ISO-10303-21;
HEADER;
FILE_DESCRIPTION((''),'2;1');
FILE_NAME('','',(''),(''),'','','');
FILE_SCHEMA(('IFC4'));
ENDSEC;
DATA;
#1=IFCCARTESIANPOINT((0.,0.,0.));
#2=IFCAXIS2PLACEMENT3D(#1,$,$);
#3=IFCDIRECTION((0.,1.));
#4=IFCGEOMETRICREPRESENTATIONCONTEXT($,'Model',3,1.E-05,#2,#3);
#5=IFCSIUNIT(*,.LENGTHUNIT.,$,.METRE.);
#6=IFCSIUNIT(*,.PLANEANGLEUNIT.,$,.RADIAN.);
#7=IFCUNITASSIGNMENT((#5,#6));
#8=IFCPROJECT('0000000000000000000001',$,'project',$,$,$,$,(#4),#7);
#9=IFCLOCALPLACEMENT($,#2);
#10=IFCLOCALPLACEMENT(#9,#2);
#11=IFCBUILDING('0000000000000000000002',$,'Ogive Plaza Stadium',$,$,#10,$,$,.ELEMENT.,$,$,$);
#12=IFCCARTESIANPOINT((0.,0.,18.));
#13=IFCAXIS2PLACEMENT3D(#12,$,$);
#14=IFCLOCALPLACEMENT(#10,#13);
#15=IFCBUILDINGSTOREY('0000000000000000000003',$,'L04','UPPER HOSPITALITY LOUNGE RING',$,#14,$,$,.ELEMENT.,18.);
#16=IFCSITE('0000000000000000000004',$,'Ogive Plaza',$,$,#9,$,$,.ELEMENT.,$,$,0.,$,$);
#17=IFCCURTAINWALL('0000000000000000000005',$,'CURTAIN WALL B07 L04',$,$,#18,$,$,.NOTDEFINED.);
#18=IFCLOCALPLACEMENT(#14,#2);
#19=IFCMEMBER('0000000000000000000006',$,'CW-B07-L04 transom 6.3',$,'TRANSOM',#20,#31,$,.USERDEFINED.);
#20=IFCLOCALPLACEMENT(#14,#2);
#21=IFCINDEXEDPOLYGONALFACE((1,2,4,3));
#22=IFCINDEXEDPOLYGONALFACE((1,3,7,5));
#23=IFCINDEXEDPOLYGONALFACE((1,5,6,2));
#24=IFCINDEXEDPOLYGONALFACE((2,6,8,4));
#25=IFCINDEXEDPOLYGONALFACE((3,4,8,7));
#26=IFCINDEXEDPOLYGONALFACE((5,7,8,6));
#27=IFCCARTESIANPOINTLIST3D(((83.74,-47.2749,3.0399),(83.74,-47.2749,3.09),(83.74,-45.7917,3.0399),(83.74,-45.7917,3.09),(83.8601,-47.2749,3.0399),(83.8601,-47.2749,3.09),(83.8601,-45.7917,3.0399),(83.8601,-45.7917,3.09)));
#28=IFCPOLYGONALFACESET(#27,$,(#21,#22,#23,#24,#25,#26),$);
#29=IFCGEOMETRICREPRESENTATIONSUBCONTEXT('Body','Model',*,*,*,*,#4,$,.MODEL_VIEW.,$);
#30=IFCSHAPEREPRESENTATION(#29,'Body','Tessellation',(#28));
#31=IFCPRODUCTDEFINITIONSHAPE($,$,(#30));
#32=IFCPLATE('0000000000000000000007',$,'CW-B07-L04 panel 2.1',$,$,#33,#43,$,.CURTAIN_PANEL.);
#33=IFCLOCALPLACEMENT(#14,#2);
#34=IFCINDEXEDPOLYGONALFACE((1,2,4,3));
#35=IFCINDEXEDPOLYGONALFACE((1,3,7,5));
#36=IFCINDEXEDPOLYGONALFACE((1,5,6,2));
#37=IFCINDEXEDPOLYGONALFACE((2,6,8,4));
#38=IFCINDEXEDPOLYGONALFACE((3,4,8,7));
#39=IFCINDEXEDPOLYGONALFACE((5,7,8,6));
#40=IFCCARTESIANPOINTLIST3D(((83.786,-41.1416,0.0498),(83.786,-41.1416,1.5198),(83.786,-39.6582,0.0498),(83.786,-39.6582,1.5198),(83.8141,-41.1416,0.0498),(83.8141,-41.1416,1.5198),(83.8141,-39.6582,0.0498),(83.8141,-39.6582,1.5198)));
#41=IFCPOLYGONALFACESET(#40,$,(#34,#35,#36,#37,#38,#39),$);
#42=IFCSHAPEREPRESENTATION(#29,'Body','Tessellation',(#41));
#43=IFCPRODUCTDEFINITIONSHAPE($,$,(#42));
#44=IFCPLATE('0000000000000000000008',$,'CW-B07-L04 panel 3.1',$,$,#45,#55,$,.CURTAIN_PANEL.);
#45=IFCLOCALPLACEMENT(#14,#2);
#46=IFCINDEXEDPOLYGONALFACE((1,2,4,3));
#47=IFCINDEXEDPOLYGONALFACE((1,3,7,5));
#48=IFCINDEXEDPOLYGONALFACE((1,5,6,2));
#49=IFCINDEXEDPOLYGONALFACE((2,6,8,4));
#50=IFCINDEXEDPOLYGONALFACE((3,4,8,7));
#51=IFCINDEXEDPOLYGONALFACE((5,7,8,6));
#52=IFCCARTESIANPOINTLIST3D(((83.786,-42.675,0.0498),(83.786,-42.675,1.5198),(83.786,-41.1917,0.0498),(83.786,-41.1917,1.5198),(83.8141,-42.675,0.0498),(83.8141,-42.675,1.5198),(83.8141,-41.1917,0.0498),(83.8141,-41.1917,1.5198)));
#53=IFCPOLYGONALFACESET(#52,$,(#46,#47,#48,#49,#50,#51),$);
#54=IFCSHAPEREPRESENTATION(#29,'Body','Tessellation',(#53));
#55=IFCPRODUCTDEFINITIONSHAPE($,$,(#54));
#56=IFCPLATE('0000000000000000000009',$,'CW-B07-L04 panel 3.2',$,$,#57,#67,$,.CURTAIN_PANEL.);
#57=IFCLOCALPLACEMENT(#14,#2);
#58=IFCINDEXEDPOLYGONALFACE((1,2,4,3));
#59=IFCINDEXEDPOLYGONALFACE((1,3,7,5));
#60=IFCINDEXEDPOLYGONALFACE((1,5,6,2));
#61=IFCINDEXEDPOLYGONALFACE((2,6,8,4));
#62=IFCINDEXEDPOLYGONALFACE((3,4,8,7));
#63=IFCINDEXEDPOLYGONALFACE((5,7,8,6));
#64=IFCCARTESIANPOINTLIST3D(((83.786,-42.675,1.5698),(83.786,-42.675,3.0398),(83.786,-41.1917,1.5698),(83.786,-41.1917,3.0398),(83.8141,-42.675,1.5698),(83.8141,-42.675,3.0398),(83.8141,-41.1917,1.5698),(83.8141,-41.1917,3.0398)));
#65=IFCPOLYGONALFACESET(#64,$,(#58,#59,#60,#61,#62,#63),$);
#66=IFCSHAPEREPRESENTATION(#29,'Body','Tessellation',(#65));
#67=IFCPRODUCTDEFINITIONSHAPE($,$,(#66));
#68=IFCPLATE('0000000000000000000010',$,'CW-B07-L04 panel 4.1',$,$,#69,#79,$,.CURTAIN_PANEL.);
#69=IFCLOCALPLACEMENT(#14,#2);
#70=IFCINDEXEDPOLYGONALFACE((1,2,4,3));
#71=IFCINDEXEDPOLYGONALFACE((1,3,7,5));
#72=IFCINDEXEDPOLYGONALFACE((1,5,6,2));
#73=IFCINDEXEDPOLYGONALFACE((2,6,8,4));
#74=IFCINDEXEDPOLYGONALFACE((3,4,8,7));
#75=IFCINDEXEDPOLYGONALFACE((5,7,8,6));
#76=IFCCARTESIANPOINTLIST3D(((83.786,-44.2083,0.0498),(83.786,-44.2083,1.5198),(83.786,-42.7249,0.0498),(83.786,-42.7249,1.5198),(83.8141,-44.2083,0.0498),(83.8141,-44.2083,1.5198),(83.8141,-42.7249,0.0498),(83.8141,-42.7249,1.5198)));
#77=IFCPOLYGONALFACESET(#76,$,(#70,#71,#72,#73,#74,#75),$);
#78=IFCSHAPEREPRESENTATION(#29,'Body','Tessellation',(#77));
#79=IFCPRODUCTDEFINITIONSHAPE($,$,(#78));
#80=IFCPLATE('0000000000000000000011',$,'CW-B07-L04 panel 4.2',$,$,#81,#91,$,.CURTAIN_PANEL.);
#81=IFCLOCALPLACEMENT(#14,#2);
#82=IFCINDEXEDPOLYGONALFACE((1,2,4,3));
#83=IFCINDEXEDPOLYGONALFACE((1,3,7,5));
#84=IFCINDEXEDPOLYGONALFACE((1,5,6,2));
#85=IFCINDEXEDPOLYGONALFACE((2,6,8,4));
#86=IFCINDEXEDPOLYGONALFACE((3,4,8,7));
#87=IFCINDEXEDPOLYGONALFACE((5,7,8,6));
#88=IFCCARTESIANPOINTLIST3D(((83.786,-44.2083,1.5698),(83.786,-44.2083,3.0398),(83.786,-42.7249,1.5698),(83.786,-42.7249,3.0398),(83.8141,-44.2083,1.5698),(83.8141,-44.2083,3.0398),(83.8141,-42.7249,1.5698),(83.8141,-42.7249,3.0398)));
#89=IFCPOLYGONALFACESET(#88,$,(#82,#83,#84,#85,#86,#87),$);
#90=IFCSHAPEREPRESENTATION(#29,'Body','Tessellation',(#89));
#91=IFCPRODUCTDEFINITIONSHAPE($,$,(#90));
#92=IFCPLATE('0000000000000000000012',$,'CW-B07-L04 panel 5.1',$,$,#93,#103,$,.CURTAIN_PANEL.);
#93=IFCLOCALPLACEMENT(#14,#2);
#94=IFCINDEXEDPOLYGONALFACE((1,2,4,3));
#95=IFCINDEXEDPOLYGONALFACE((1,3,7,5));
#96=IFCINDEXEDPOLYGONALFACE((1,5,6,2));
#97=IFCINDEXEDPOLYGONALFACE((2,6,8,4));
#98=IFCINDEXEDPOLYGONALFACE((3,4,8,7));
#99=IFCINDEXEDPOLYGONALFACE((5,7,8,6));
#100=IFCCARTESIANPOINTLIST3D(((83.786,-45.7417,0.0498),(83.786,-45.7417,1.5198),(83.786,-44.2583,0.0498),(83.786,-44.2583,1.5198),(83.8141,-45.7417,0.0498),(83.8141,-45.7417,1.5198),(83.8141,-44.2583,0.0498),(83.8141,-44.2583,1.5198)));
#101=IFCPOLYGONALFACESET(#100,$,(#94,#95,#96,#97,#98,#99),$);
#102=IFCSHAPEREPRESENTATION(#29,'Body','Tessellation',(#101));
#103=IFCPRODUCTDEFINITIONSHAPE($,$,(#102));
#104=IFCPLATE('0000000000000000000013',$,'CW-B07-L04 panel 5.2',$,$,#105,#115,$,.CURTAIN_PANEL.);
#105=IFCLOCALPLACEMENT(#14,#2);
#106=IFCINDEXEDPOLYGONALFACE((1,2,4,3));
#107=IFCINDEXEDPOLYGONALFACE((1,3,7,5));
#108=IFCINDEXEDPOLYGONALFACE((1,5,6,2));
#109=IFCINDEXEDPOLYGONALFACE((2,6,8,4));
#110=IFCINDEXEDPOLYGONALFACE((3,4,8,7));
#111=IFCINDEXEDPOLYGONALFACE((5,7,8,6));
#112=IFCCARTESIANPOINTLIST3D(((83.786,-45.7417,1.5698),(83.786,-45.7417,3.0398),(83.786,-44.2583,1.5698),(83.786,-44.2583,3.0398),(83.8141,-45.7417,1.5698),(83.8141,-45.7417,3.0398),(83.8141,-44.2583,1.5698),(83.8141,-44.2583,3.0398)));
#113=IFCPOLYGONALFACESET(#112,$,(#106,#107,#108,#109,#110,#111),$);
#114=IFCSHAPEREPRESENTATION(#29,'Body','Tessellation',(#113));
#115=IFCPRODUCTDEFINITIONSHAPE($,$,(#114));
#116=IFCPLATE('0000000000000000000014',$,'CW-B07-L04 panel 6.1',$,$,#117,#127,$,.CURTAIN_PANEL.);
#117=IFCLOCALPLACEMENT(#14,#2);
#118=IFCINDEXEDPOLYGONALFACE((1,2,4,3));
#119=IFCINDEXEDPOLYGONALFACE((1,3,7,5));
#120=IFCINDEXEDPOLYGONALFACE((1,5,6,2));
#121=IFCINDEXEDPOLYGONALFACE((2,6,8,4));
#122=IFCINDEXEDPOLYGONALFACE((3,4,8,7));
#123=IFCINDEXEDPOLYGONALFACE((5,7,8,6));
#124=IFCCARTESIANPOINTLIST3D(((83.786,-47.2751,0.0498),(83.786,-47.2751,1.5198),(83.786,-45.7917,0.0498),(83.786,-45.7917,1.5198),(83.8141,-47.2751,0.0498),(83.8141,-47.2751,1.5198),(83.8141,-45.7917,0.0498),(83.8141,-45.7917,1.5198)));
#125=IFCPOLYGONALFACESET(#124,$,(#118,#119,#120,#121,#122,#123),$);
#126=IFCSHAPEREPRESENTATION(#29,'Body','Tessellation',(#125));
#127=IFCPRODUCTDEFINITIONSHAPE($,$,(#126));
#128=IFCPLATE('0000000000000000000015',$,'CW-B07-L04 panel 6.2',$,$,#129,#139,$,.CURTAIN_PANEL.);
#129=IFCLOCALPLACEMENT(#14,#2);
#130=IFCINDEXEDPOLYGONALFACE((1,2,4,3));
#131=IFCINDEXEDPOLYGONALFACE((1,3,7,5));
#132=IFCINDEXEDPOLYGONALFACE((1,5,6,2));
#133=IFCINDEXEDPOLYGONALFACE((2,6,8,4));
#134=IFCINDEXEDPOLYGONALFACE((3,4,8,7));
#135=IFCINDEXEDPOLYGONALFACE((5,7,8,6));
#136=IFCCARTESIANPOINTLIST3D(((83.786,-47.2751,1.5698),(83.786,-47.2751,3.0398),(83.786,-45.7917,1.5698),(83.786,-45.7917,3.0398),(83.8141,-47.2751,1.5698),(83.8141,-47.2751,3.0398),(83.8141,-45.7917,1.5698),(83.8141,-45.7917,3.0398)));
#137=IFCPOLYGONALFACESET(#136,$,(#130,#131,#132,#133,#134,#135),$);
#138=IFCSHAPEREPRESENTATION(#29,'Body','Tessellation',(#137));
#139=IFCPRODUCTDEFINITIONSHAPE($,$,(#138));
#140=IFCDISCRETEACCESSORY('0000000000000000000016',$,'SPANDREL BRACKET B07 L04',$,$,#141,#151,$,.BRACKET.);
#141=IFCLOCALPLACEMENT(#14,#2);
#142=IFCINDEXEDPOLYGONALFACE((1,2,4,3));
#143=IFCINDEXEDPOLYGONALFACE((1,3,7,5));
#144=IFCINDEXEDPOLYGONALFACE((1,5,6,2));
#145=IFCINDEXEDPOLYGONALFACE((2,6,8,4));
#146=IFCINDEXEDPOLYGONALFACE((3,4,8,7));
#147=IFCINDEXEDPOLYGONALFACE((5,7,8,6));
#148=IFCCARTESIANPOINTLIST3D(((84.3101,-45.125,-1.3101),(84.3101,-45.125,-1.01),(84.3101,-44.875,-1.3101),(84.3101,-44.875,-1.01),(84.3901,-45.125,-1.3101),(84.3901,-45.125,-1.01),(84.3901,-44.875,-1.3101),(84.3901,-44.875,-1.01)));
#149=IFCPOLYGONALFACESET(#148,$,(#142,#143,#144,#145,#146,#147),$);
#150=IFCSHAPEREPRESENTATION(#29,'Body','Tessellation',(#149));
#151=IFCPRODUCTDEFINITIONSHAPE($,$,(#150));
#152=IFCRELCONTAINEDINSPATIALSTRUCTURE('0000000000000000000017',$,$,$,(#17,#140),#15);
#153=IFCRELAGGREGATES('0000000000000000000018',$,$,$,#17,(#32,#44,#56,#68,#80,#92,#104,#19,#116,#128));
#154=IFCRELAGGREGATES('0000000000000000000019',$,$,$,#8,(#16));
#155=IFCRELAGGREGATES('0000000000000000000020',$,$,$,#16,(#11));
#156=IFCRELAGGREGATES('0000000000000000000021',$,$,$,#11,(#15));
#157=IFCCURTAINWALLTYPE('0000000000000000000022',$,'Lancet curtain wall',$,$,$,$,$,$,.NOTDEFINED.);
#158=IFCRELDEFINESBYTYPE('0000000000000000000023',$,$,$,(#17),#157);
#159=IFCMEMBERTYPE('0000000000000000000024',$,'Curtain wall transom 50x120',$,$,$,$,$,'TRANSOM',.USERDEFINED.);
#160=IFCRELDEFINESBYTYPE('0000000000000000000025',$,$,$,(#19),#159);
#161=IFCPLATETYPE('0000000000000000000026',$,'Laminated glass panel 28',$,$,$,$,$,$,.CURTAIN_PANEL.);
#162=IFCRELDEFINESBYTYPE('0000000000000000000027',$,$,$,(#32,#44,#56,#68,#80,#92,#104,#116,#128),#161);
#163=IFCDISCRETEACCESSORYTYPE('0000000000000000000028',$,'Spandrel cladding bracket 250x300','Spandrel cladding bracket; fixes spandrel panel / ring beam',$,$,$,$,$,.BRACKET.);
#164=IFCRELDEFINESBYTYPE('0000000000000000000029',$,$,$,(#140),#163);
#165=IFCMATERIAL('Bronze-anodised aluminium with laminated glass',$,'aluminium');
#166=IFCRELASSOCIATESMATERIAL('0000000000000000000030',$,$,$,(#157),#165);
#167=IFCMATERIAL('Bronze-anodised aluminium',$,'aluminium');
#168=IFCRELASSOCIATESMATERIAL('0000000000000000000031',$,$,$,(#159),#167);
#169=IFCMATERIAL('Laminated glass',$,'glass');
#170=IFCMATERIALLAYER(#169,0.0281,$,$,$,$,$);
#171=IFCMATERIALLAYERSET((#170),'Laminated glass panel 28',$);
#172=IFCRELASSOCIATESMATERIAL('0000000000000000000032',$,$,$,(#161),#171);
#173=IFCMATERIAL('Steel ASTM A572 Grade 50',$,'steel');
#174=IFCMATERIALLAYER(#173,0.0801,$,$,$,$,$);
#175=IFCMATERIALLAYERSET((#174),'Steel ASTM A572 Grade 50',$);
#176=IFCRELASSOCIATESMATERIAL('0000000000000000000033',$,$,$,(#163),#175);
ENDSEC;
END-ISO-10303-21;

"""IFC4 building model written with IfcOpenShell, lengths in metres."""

from ifc_helpers import new_model, si_unit, direction, frame, origin, origin_2d, place, context, subcontext, project, spatial, rectangle, extrude, material, layer, layer_set, material_profile, profile_set, type_object, element, aggregate, save


model = new_model("IFC4")

# Units and contexts
model_context = context("Model", 3, precision=1e-05, world=origin(), true_north=direction((0.0, 1.0)))
body_context = subcontext(model_context, "Body", "Model", "MODEL_VIEW")
ifc_project = project(units=[si_unit("LENGTHUNIT", "METRE"), si_unit("PLANEANGLEUNIT", "RADIAN")], contexts=[model_context])

# Site, building, storey
site_placement = place(None, origin())
site = spatial("IfcSite", under=ifc_project, at=site_placement, Name="Ogive Plaza", CompositionType="ELEMENT", RefElevation=0.0)
building_placement = place(site_placement, origin())
building = spatial("IfcBuilding", under=site, at=building_placement, Name="Ogive Plaza Stadium", CompositionType="ELEMENT")
storey_placement = place(building_placement, frame((0.0, 0.0, 18.0)))
storey = spatial("IfcBuildingStorey", under=building, at=storey_placement, Name="L04", Description="UPPER HOSPITALITY LOUNGE RING", CompositionType="ELEMENT", Elevation=18.0)

# Curtain wall, member, plates
ifc_material_1 = material(Name="Bronze-anodised aluminium with laminated glass", Category="aluminium")
curtain_wall_type = type_object("IfcCurtainWallType", Name="Lancet curtain wall", PredefinedType="NOTDEFINED", material=ifc_material_1)
curtain_wall_placement = place(storey_placement, origin())
curtain_wall = element("IfcCurtainWall", 1, at=curtain_wall_placement, inside=storey, type_object=curtain_wall_type, Name="CURTAIN WALL B07 L04", PredefinedType="NOTDEFINED")
ifc_material_2 = material(Name="Bronze-anodised aluminium", Category="aluminium")
ifc_material_profile_1 = material_profile(ifc_material_2, rectangle(XDim=0.1201, YDim=0.05, at=origin_2d()), Name="AL 120x50")
ifc_profile_set_1 = profile_set([ifc_material_profile_1], Name="Bronze-anodised aluminium")
member_type_1 = type_object("IfcMemberType", Name="Curtain wall transom 50x120", ElementType="TRANSOM", PredefinedType="USERDEFINED", material=ifc_profile_set_1)
member_1_placement = place(storey_placement, frame((83.8, -45.7917, 3.0649), z_axis=(0.0, -1.0, 0.0), x_axis=(1.0, 0.0, 0.0)))
member_1 = element("IfcMember", 2, at=member_1_placement, type_object=member_type_1, Name="CW-B07-L04 transom 6.3", ObjectType="TRANSOM", PredefinedType="USERDEFINED", context=body_context, shape_type="SweptSolid", body=[
    extrude(rectangle(XDim=0.1201, YDim=0.05, at=origin_2d()), origin(), (0.0, 0.0, 1.0), 1.4832),
])
ifc_material_3 = material(Name="Laminated glass", Category="glass")
ifc_layer_1 = layer(ifc_material_3, 0.0281)
ifc_layer_set_1 = layer_set([ifc_layer_1], Name="Laminated glass panel 28")
plate_type = type_object("IfcPlateType", Name="Laminated glass panel 28", PredefinedType="CURTAIN_PANEL", material=ifc_layer_set_1)
plate_1_placement = place(storey_placement, frame((83.8, -40.3999, 0.0498), z_axis=(0.0, 0.0, 1.0), x_axis=(0.0, -1.0, 0.0)))
plate_1 = element("IfcPlate", 3, at=plate_1_placement, type_object=plate_type, Name="CW-B07-L04 panel 2.1", PredefinedType="CURTAIN_PANEL", context=body_context, shape_type="SweptSolid", body=[
    extrude(rectangle(XDim=1.4834, YDim=0.0281, at=origin_2d()), origin(), (0.0, 0.0, 1.0), 1.47),
])
plate_2_placement = place(storey_placement, frame((83.8, -41.9333, 0.0498), z_axis=(0.0, 0.0, 1.0), x_axis=(0.0, -1.0, 0.0)))
plate_2 = element("IfcPlate", 4, at=plate_2_placement, type_object=plate_type, Name="CW-B07-L04 panel 3.1", PredefinedType="CURTAIN_PANEL", context=body_context, shape_type="SweptSolid", body=[
    extrude(rectangle(XDim=1.4834, YDim=0.0281, at=origin_2d()), origin(), (0.0, 0.0, 1.0), 1.47),
])
plate_3_placement = place(storey_placement, frame((83.8, -41.9333, 1.5698), z_axis=(0.0, 0.0, 1.0), x_axis=(0.0, -1.0, 0.0)))
plate_3 = element("IfcPlate", 5, at=plate_3_placement, type_object=plate_type, Name="CW-B07-L04 panel 3.2", PredefinedType="CURTAIN_PANEL", context=body_context, shape_type="SweptSolid", body=[
    extrude(rectangle(XDim=1.4834, YDim=0.0281, at=origin_2d()), origin(), (0.0, 0.0, 1.0), 1.47),
])
plate_4_placement = place(storey_placement, frame((83.8, -43.4666, 0.0498), z_axis=(0.0, 0.0, 1.0), x_axis=(0.0, -1.0, 0.0)))
plate_4 = element("IfcPlate", 6, at=plate_4_placement, type_object=plate_type, Name="CW-B07-L04 panel 4.1", PredefinedType="CURTAIN_PANEL", context=body_context, shape_type="SweptSolid", body=[
    extrude(rectangle(XDim=1.4834, YDim=0.0281, at=origin_2d()), origin(), (0.0, 0.0, 1.0), 1.47),
])
plate_5_placement = place(storey_placement, frame((83.8, -43.4666, 1.5698), z_axis=(0.0, 0.0, 1.0), x_axis=(0.0, -1.0, 0.0)))
plate_5 = element("IfcPlate", 7, at=plate_5_placement, type_object=plate_type, Name="CW-B07-L04 panel 4.2", PredefinedType="CURTAIN_PANEL", context=body_context, shape_type="SweptSolid", body=[
    extrude(rectangle(XDim=1.4834, YDim=0.0281, at=origin_2d()), origin(), (0.0, 0.0, 1.0), 1.47),
])
plate_6_placement = place(storey_placement, frame((83.8, -45.0, 0.0498), z_axis=(0.0, 0.0, 1.0), x_axis=(0.0, -1.0, 0.0)))
plate_6 = element("IfcPlate", 8, at=plate_6_placement, type_object=plate_type, Name="CW-B07-L04 panel 5.1", PredefinedType="CURTAIN_PANEL", context=body_context, shape_type="SweptSolid", body=[
    extrude(rectangle(XDim=1.4834, YDim=0.0281, at=origin_2d()), origin(), (0.0, 0.0, 1.0), 1.47),
])
plate_7_placement = place(storey_placement, frame((83.8, -45.0, 1.5698), z_axis=(0.0, 0.0, 1.0), x_axis=(0.0, -1.0, 0.0)))
plate_7 = element("IfcPlate", 9, at=plate_7_placement, type_object=plate_type, Name="CW-B07-L04 panel 5.2", PredefinedType="CURTAIN_PANEL", context=body_context, shape_type="SweptSolid", body=[
    extrude(rectangle(XDim=1.4834, YDim=0.0281, at=origin_2d()), origin(), (0.0, 0.0, 1.0), 1.47),
])
plate_8_placement = place(storey_placement, frame((83.8, -46.5334, 0.0498), z_axis=(0.0, 0.0, 1.0), x_axis=(0.0, -1.0, 0.0)))
plate_8 = element("IfcPlate", 10, at=plate_8_placement, type_object=plate_type, Name="CW-B07-L04 panel 6.1", PredefinedType="CURTAIN_PANEL", context=body_context, shape_type="SweptSolid", body=[
    extrude(rectangle(XDim=1.4834, YDim=0.0281, at=origin_2d()), origin(), (0.0, 0.0, 1.0), 1.47),
])
plate_9_placement = place(storey_placement, frame((83.8, -46.5334, 1.5698), z_axis=(0.0, 0.0, 1.0), x_axis=(0.0, -1.0, 0.0)))
plate_9 = element("IfcPlate", 11, at=plate_9_placement, type_object=plate_type, Name="CW-B07-L04 panel 6.2", PredefinedType="CURTAIN_PANEL", context=body_context, shape_type="SweptSolid", body=[
    extrude(rectangle(XDim=1.4834, YDim=0.0281, at=origin_2d()), origin(), (0.0, 0.0, 1.0), 1.47),
])
aggregate(curtain_wall, [plate_1, plate_2, plate_3, plate_4, plate_5, plate_6, plate_7, member_1, plate_8, plate_9])

# Discrete accessory
ifc_material_4 = material(Name="Steel ASTM A572 Grade 50", Category="steel")
ifc_layer_2 = layer(ifc_material_4, 0.0801)
ifc_layer_set_2 = layer_set([ifc_layer_2], Name="Steel ASTM A572 Grade 50")
discrete_accessory_type = type_object("IfcDiscreteAccessoryType", Name="Spandrel cladding bracket 250x300", Description="Spandrel cladding bracket; fixes spandrel panel / ring beam", PredefinedType="BRACKET", material=ifc_layer_set_2)
discrete_accessory_placement = place(storey_placement, frame((84.3501, -45.0, -1.3101), z_axis=(0.0, 0.0, 1.0), x_axis=(0.0, -1.0, 0.0)))
element("IfcDiscreteAccessory", 12, at=discrete_accessory_placement, inside=storey, type_object=discrete_accessory_type, Name="SPANDREL BRACKET B07 L04", PredefinedType="BRACKET", context=body_context, shape_type="SweptSolid", body=[
    extrude(rectangle(XDim=0.25, YDim=0.0801, at=origin_2d()), origin(), (0.0, 0.0, 1.0), 0.3),
])

save(model, "model.ifc")
